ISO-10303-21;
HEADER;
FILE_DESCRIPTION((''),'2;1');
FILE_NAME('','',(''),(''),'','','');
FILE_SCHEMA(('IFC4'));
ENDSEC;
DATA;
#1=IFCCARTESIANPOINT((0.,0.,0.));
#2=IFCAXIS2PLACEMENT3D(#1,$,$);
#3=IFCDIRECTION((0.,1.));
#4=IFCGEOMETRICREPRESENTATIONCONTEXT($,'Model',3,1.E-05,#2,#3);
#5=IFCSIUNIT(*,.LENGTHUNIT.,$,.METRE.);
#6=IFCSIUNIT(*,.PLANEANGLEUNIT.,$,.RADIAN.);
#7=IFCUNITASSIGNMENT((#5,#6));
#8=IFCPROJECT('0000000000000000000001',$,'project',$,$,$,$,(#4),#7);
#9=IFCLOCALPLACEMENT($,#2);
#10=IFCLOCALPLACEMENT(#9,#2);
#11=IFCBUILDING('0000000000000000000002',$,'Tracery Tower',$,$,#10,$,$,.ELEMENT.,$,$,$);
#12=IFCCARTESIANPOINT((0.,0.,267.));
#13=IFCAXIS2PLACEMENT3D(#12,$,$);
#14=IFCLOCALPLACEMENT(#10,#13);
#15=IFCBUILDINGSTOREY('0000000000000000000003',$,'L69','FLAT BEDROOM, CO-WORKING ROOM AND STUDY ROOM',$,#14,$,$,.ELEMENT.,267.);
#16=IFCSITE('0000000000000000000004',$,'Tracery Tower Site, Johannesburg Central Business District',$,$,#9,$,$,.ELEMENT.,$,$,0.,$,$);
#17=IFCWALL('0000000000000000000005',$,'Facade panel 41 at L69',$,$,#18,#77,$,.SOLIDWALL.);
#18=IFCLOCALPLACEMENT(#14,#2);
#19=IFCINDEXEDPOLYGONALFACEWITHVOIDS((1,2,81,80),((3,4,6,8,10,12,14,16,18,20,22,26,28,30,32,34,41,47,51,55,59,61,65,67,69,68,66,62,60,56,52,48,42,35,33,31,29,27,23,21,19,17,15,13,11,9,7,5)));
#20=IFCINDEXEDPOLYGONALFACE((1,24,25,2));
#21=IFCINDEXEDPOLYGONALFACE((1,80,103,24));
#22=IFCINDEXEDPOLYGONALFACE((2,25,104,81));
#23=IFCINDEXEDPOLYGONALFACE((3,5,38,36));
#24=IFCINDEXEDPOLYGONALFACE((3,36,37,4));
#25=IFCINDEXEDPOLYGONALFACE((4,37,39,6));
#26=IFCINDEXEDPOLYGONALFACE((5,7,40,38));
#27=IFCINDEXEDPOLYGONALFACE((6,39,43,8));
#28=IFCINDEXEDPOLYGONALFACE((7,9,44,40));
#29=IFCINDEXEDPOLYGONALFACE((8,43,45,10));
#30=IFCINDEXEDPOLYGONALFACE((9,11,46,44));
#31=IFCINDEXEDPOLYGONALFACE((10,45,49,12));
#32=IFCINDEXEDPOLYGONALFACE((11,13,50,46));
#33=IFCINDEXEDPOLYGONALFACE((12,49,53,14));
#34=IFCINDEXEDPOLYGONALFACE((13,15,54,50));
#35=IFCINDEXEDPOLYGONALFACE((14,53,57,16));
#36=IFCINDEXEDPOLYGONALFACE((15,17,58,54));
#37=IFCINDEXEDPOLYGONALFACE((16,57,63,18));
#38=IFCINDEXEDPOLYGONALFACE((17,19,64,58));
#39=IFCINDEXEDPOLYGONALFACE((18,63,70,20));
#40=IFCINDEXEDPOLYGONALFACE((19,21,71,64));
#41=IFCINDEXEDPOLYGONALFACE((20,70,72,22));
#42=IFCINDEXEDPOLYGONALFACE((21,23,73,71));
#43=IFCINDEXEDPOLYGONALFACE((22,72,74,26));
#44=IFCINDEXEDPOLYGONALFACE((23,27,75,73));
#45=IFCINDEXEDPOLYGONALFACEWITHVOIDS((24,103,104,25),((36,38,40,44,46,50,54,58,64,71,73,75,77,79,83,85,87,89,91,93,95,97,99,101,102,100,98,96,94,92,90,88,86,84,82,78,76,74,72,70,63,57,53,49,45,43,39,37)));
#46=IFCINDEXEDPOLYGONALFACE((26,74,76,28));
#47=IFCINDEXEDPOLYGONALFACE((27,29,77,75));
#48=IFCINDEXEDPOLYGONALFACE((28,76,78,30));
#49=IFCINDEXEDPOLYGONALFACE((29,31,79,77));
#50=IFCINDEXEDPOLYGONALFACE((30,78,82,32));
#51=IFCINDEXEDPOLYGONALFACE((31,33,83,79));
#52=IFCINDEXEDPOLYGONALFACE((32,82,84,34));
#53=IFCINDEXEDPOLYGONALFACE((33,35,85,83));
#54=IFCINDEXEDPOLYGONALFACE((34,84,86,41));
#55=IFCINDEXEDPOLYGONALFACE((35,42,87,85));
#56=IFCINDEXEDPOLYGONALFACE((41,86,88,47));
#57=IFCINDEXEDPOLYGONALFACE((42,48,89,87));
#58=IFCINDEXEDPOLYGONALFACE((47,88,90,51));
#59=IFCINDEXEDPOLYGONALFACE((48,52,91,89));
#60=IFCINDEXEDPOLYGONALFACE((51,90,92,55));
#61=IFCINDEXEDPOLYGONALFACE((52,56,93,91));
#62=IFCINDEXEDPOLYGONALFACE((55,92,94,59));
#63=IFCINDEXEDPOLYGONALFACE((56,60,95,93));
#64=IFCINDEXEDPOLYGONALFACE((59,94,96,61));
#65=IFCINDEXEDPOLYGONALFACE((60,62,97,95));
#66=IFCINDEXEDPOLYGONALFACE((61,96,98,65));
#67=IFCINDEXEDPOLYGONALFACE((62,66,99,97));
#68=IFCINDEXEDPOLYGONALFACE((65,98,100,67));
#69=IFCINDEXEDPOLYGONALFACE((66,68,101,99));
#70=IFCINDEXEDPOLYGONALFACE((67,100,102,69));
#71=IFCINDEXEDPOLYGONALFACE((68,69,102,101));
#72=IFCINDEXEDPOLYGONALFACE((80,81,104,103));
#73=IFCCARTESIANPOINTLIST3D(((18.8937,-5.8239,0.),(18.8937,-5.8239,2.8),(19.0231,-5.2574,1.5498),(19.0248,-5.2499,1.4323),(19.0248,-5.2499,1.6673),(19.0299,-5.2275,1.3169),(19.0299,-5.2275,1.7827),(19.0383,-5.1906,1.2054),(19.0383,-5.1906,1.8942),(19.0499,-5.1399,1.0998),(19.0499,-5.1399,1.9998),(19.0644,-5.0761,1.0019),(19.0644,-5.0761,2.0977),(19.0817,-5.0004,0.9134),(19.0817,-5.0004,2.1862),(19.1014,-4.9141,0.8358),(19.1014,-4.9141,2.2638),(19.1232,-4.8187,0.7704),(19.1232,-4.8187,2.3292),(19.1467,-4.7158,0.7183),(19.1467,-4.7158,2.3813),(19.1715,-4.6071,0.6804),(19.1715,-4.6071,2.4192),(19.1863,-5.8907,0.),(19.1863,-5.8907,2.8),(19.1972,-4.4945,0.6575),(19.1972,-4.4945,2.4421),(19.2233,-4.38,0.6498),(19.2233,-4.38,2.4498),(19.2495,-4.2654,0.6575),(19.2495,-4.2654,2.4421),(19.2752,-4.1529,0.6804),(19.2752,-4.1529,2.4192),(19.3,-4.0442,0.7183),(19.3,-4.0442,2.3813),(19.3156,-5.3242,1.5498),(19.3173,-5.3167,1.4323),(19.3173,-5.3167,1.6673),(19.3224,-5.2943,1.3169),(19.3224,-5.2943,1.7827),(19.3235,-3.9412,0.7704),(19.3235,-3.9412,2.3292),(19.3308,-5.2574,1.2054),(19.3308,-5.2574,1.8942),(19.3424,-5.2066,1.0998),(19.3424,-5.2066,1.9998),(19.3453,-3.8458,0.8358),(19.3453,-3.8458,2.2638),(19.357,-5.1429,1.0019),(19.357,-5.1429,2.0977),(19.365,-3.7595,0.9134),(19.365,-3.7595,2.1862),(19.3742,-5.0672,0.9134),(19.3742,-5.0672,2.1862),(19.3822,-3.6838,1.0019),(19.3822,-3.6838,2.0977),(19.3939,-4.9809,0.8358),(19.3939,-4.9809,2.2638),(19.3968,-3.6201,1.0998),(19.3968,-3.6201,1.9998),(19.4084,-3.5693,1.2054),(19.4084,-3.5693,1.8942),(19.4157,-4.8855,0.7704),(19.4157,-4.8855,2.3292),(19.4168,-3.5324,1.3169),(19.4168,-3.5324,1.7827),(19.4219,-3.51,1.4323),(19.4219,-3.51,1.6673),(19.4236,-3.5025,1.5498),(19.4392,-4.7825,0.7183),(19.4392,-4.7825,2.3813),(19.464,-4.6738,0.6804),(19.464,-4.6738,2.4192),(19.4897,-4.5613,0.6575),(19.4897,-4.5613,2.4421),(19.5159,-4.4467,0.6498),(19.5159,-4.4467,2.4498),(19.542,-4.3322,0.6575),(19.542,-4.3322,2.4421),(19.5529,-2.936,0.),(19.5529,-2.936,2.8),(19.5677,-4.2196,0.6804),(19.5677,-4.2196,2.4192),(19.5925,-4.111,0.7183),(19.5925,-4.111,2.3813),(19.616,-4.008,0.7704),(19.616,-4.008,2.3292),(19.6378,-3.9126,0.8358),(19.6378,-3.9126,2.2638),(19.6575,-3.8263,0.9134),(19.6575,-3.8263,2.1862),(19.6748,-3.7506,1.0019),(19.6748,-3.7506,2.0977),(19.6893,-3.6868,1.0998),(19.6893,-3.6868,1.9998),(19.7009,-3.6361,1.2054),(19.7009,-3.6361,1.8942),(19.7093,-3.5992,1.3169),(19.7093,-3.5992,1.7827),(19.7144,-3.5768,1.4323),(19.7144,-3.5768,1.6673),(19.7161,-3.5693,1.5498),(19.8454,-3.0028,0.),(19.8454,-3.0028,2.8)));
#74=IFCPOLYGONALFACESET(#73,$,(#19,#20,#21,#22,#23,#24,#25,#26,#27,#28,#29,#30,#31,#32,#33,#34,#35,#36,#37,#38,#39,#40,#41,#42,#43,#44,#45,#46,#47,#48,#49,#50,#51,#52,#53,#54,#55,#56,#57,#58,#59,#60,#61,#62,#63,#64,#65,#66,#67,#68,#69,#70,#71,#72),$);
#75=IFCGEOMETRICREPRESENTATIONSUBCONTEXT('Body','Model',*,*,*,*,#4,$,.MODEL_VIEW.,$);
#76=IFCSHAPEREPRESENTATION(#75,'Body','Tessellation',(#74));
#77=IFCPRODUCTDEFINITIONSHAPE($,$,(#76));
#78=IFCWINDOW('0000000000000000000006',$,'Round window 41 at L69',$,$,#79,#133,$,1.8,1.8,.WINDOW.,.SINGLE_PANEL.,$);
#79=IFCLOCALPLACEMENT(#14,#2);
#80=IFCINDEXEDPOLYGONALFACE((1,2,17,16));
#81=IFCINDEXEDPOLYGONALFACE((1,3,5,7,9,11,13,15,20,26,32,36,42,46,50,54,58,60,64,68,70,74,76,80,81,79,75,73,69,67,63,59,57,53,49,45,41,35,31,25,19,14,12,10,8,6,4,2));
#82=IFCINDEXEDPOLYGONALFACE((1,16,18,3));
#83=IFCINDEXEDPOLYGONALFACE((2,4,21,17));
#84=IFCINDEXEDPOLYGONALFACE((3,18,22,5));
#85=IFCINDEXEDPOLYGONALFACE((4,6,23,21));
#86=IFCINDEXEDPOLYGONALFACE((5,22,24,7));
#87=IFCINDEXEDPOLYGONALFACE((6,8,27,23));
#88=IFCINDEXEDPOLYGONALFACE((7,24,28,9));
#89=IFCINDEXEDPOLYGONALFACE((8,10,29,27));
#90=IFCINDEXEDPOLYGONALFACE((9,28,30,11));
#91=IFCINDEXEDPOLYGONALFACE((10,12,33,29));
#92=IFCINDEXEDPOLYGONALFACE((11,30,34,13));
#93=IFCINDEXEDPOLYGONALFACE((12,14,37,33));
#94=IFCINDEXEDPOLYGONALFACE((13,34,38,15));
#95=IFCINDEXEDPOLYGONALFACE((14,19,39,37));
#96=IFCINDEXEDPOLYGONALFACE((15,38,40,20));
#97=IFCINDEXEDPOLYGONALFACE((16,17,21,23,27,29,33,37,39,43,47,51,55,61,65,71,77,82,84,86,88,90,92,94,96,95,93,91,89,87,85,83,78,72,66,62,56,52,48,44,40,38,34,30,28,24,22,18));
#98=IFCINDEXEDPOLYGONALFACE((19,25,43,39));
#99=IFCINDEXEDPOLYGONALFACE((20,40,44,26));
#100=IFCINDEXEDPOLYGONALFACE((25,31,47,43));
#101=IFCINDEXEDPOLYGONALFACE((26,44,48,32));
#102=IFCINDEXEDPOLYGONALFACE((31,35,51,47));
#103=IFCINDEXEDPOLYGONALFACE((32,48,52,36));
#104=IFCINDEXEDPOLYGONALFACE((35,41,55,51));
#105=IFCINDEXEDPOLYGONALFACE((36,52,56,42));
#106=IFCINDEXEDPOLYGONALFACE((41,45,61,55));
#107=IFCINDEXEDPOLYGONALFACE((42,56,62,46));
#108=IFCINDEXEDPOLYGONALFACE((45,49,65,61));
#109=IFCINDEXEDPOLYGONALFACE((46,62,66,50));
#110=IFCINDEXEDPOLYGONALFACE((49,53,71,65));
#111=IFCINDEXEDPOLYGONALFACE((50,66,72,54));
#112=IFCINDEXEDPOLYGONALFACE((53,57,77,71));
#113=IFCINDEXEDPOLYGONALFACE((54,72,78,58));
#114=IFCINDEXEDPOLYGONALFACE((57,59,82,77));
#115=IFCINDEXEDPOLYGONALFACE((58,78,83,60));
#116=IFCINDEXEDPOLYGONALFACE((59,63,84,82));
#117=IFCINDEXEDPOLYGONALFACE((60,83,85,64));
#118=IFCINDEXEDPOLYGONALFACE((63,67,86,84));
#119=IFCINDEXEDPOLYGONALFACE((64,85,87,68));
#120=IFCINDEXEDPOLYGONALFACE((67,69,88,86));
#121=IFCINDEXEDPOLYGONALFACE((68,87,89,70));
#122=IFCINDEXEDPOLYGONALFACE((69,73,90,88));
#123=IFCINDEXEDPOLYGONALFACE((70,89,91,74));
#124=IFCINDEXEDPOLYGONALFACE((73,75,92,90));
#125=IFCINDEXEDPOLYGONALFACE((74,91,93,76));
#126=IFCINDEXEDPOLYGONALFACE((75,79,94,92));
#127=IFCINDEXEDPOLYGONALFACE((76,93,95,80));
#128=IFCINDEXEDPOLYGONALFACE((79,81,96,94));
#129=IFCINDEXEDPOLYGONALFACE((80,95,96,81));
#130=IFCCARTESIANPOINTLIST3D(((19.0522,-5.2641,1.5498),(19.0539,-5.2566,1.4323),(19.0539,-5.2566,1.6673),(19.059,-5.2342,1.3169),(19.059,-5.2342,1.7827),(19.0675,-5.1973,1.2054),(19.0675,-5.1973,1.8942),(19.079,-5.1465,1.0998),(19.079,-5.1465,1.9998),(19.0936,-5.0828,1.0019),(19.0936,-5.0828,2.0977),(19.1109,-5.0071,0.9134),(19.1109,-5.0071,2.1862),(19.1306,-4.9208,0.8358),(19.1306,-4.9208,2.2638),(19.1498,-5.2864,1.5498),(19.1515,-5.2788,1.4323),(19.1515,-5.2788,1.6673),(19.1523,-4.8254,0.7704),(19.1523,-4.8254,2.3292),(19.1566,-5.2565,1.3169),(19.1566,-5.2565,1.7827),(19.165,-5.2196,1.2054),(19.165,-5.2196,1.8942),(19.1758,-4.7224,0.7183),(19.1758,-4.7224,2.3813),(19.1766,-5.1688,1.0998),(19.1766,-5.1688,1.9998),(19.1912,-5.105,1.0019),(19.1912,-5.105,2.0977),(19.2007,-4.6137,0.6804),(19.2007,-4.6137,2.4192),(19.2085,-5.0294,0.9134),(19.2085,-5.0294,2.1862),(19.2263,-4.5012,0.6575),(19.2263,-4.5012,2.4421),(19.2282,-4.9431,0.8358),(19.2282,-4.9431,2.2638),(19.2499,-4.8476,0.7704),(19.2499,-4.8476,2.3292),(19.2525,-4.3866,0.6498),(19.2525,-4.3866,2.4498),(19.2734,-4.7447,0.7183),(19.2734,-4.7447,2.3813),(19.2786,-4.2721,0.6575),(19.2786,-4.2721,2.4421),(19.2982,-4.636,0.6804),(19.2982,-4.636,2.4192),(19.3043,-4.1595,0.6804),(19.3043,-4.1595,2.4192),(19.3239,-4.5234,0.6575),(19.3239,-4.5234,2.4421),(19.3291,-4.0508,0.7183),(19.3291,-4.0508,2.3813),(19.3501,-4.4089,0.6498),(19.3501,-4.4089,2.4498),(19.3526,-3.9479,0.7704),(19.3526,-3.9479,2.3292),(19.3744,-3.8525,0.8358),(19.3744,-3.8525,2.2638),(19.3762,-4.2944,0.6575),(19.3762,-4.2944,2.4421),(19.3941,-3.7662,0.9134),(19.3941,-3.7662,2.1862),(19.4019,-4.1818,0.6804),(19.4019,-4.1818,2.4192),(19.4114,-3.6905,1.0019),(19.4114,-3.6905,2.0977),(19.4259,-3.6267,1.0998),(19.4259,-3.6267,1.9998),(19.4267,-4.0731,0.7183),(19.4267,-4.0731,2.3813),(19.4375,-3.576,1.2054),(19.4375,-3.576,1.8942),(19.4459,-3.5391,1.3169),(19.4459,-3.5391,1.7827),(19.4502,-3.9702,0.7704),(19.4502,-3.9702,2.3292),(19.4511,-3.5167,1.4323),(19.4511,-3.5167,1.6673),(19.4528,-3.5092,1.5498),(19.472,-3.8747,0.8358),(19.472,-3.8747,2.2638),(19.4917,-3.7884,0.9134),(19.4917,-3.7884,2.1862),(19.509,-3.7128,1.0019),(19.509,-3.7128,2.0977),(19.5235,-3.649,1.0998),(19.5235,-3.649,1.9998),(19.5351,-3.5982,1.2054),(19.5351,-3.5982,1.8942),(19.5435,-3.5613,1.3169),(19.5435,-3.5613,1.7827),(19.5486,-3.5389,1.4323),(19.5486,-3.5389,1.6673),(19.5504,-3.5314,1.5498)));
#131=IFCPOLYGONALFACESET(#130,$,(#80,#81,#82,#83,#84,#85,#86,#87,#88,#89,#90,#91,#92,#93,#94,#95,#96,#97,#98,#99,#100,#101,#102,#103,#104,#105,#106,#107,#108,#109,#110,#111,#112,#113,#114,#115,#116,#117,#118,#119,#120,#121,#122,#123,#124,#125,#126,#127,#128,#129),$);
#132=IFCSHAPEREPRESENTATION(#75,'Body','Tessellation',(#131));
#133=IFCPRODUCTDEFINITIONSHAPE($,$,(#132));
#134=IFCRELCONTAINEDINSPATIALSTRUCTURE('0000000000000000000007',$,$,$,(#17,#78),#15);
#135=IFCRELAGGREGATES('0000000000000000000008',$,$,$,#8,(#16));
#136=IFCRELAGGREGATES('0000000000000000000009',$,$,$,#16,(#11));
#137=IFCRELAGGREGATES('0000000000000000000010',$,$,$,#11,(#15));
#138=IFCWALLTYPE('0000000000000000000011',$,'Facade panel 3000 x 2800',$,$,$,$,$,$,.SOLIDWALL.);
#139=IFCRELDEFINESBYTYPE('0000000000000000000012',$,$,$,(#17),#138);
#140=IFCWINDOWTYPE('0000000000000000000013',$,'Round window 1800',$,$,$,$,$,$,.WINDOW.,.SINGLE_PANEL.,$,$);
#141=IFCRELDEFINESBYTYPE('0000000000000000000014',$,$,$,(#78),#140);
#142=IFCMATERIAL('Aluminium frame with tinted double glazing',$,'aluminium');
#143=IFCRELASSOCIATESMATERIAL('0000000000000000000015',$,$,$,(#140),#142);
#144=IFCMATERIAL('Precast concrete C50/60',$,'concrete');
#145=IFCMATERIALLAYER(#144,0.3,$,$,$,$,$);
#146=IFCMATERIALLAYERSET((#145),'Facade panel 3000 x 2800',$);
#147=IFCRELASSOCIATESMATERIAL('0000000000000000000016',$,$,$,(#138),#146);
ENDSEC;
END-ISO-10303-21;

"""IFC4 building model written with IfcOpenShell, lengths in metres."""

from ifc_helpers import new_model, si_unit, direction, frame, frame_2d, origin, origin_2d, place, context, subcontext, project, spatial, rectangle, circle, extrude, material, layer, layer_set, type_object, element, fill, save


model = new_model("IFC4")

# Units and contexts
model_context = context("Model", 3, precision=1e-05, world=origin(), true_north=direction((0.0, 1.0)))
body_context = subcontext(model_context, "Body", "Model", "MODEL_VIEW")
ifc_project = project(units=[si_unit("LENGTHUNIT", "METRE"), si_unit("PLANEANGLEUNIT", "RADIAN")], contexts=[model_context])

# Site, building, storey
site_placement = place(None, origin())
site = spatial("IfcSite", under=ifc_project, at=site_placement, Name="Tracery Tower Site, Johannesburg Central Business District", CompositionType="ELEMENT", RefElevation=0.0)
building_placement = place(site_placement, origin())
building = spatial("IfcBuilding", under=site, at=building_placement, Name="Tracery Tower", CompositionType="ELEMENT")
storey_placement = place(building_placement, frame((0.0, 0.0, 267.0)))
storey = spatial("IfcBuildingStorey", under=building, at=storey_placement, Name="L69", Description="FLAT BEDROOM, CO-WORKING ROOM AND STUDY ROOM", CompositionType="ELEMENT", Elevation=267.0)

# Wall, opening, window
ifc_material_1 = material(Name="Aluminium frame with tinted double glazing", Category="aluminium")
window_type = type_object("IfcWindowType", Name="Round window 1800", PartitioningType="SINGLE_PANEL", PredefinedType="WINDOW", material=ifc_material_1)
ifc_material_2 = material(Name="Precast concrete C50/60", Category="concrete")
ifc_layer_1 = layer(ifc_material_2, 0.3)
ifc_layer_set_1 = layer_set([ifc_layer_1], Name="Facade panel 3000 x 2800")
wall_type_1 = type_object("IfcWallType", Name="Facade panel 3000 x 2800", PredefinedType="SOLIDWALL", material=ifc_layer_set_1)
wall_1_placement = place(storey_placement, frame((19.04, -5.8572, 0.0), z_axis=(0.0, 0.0, 1.0), x_axis=(0.222529, 0.974926, 0.0)))
wall_1 = element("IfcWall", 1, at=wall_1_placement, inside=storey, type_object=wall_type_1, Name="Facade panel 41 at L69", PredefinedType="SOLIDWALL", context=body_context, shape_type="SweptSolid", body=[
    extrude(rectangle(XDim=2.9622, YDim=0.3, at=frame_2d((1.481, 0.0))), origin(), (0.0, 0.0, 1.0), 2.8),
])
opening_1_placement = place(wall_1_placement, frame((1.481, 0.0, 1.5498)))
opening_1 = element("IfcOpeningElement", 2, at=opening_1_placement, cuts=wall_1, PredefinedType="OPENING", context=body_context, shape_type="SweptSolid", body=[
    extrude(circle(Radius=0.9, at=origin_2d()), frame((0.0, 0.1599, 0.0), z_axis=(0.0, -1.0, 0.0), x_axis=(1.0, 0.0, 0.0)), (0.0, 0.0, 1.0), 0.3201),
])
window_1_placement = place(opening_1_placement, origin())
window_1 = element("IfcWindow", 3, at=window_1_placement, inside=storey, type_object=window_type, Name="Round window 41 at L69", OverallHeight=1.8, OverallWidth=1.8, PartitioningType="SINGLE_PANEL", PredefinedType="WINDOW", context=body_context, shape_type="SweptSolid", body=[
    extrude(circle(Radius=0.9, at=origin_2d()), frame((0.0, 0.1201, 0.0), z_axis=(0.0, -1.0, 0.0), x_axis=(1.0, 0.0, 0.0)), (0.0, 0.0, 1.0), 0.1001),
])
fill(opening_1, window_1)

save(model, "model.ifc")
